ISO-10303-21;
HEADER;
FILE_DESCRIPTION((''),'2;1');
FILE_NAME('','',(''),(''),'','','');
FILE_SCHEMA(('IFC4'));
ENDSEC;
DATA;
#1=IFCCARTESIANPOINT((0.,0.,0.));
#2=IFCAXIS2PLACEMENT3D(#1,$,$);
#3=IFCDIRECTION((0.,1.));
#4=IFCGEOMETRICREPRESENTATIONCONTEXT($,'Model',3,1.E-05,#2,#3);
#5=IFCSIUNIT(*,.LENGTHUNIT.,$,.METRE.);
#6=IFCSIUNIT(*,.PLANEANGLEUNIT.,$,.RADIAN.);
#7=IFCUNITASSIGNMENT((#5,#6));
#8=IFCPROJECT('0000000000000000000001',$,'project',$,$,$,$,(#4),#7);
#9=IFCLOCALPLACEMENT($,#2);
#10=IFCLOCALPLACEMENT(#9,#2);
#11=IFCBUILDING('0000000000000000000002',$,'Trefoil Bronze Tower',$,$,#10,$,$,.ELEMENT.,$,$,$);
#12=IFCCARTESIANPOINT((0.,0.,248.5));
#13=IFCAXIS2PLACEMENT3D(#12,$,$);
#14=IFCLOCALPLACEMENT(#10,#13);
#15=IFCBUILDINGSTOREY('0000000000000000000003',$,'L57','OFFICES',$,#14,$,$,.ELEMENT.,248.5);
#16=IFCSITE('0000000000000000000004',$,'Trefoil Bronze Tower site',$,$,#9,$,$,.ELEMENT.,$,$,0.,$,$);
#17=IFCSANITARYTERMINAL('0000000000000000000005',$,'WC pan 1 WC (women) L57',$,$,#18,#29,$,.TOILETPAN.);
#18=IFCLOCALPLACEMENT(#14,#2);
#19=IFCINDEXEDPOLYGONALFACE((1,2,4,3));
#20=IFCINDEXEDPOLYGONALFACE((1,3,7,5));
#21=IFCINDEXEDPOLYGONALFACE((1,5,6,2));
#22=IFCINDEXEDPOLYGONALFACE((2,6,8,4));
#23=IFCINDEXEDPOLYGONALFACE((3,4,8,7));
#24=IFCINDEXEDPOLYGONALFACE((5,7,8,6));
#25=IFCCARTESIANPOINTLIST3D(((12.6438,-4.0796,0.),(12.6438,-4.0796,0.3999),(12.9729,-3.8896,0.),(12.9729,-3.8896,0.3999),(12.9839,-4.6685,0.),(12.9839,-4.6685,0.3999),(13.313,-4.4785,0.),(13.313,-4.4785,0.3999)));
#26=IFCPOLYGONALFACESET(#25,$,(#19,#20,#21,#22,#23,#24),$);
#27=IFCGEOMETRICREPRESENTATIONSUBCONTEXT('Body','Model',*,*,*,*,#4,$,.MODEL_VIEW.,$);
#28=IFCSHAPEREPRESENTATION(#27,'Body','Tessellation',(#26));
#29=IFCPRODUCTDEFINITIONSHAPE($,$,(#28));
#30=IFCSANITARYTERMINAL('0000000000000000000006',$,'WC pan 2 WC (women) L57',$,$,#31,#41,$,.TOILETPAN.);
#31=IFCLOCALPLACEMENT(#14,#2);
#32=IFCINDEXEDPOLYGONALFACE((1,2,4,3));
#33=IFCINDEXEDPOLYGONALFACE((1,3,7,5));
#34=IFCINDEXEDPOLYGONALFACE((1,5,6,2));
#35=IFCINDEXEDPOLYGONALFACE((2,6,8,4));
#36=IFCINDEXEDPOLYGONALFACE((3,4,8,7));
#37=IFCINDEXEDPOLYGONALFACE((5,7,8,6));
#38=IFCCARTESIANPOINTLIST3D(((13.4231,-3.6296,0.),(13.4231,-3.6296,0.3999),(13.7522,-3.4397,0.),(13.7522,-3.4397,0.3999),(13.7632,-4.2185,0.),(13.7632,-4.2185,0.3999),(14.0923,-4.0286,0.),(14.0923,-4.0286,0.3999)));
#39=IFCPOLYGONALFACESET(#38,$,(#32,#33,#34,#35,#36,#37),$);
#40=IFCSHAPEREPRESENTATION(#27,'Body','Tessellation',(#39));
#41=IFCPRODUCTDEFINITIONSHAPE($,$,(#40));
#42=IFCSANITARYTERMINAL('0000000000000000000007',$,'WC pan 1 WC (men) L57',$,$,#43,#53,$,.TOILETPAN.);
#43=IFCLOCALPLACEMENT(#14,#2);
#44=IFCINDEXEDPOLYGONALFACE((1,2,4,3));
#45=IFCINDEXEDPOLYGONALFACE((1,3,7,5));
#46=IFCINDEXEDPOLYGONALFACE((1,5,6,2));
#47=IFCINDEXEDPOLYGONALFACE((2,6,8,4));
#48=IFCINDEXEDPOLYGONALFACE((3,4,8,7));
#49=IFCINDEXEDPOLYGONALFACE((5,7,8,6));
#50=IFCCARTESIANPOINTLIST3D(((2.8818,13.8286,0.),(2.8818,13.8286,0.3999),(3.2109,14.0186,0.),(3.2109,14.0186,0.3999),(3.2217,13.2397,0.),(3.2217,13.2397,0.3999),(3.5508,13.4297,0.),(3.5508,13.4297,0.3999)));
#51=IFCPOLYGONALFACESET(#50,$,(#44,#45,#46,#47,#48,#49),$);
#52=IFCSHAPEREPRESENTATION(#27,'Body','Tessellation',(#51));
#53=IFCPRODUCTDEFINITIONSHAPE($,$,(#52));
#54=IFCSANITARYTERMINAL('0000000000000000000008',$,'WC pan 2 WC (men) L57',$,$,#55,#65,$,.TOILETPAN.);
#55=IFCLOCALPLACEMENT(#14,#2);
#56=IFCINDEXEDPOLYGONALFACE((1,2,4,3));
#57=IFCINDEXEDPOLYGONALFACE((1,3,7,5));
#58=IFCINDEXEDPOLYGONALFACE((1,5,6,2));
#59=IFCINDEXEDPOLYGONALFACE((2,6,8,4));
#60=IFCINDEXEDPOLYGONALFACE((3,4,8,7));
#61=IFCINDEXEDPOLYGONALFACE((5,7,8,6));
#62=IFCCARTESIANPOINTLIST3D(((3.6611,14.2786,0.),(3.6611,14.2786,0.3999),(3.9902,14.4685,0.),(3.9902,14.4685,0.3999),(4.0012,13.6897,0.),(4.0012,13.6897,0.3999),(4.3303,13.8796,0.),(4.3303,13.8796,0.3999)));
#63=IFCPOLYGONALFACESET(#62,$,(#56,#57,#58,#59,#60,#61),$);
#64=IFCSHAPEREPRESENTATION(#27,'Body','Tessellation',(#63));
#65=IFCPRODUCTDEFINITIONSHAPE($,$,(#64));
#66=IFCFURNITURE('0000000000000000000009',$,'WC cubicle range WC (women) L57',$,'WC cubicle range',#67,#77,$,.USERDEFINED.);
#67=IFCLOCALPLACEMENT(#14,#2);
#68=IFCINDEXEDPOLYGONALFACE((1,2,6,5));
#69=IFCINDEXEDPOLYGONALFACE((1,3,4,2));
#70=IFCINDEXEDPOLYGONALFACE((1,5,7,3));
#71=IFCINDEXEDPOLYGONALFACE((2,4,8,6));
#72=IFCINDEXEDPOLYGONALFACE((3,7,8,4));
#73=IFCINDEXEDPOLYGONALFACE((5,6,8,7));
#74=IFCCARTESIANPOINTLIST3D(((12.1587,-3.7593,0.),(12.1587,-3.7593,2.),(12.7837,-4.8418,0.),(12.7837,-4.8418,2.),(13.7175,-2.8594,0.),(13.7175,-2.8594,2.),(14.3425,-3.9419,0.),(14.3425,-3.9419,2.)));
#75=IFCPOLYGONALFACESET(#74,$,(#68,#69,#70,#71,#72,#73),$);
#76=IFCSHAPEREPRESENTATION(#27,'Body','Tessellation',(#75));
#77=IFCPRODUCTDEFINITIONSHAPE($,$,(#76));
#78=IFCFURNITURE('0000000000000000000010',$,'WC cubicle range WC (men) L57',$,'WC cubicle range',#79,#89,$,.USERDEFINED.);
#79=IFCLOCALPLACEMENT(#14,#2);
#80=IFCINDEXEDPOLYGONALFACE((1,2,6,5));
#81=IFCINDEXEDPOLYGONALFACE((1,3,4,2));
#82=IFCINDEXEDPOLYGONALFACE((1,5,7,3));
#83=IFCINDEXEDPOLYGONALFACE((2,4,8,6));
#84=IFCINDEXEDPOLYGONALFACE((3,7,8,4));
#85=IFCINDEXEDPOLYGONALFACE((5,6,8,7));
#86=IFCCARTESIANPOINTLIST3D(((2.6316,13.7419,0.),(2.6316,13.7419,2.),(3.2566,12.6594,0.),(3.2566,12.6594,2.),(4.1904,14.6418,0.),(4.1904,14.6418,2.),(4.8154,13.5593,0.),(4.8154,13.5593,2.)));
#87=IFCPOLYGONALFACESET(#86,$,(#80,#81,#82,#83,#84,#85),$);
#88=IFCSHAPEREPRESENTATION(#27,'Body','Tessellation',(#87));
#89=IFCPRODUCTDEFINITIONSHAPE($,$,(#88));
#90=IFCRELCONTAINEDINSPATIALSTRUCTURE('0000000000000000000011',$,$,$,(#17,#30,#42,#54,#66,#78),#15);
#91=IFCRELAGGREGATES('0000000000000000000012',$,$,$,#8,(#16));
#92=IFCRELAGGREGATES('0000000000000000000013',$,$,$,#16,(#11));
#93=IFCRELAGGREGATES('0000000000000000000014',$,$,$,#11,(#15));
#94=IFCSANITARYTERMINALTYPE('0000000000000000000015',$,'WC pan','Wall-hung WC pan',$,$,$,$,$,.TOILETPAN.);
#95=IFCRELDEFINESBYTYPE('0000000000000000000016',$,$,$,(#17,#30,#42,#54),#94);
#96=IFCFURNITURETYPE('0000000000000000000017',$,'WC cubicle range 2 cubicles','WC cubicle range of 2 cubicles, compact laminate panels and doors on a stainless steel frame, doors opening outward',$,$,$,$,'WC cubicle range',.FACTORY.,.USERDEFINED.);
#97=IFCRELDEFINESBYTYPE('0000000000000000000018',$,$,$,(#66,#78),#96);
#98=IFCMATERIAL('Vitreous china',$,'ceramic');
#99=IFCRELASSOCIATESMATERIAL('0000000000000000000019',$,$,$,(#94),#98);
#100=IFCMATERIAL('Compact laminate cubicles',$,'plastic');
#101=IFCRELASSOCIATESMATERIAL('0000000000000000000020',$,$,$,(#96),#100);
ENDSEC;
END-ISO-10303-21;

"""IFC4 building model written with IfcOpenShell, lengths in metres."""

from ifc_helpers import new_model, si_unit, direction, frame, origin, place, context, subcontext, project, spatial, polyline, outline, extrude, material, type_object, element, save


model = new_model("IFC4")

# Units and contexts
model_context = context("Model", 3, precision=1e-05, world=origin(), true_north=direction((0.0, 1.0)))
body_context = subcontext(model_context, "Body", "Model", "MODEL_VIEW")
ifc_project = project(units=[si_unit("LENGTHUNIT", "METRE"), si_unit("PLANEANGLEUNIT", "RADIAN")], contexts=[model_context])

# Site, building, storey
site_placement = place(None, origin())
site = spatial("IfcSite", under=ifc_project, at=site_placement, Name="Trefoil Bronze Tower site", CompositionType="ELEMENT", RefElevation=0.0)
building_placement = place(site_placement, origin())
building = spatial("IfcBuilding", under=site, at=building_placement, Name="Trefoil Bronze Tower", CompositionType="ELEMENT")
storey_placement = place(building_placement, frame((0.0, 0.0, 248.5)))
storey = spatial("IfcBuildingStorey", under=building, at=storey_placement, Name="L57", Description="OFFICES", CompositionType="ELEMENT", Elevation=248.5)

# Sanitary terminals
ifc_material_1 = material(Name="Vitreous china", Category="ceramic")
sanitary_terminal_type_1 = type_object("IfcSanitaryTerminalType", Name="WC pan", Description="Wall-hung WC pan", PredefinedType="TOILETPAN", material=ifc_material_1)
sanitary_terminal_1_placement = place(storey_placement, origin())
element("IfcSanitaryTerminal", 1, at=sanitary_terminal_1_placement, inside=storey, type_object=sanitary_terminal_type_1, Name="WC pan 1 WC (women) L57", PredefinedType="TOILETPAN", context=body_context, shape_type="SweptSolid", body=[
    extrude(outline(polyline([(12.6438, -4.0796), (12.9839, -4.6685), (13.313, -4.4785), (12.9729, -3.8896), (12.6438, -4.0796)])), origin(), (0.0, 0.0, 1.0), 0.3999),
])
sanitary_terminal_2_placement = place(storey_placement, origin())
element("IfcSanitaryTerminal", 2, at=sanitary_terminal_2_placement, inside=storey, type_object=sanitary_terminal_type_1, Name="WC pan 2 WC (women) L57", PredefinedType="TOILETPAN", context=body_context, shape_type="SweptSolid", body=[
    extrude(outline(polyline([(13.4231, -3.6296), (13.7632, -4.2185), (14.0923, -4.0286), (13.7522, -3.4397), (13.4231, -3.6296)])), origin(), (0.0, 0.0, 1.0), 0.3999),
])
sanitary_terminal_3_placement = place(storey_placement, origin())
element("IfcSanitaryTerminal", 3, at=sanitary_terminal_3_placement, inside=storey, type_object=sanitary_terminal_type_1, Name="WC pan 1 WC (men) L57", PredefinedType="TOILETPAN", context=body_context, shape_type="SweptSolid", body=[
    extrude(outline(polyline([(3.2217, 13.2397), (2.8818, 13.8286), (3.2109, 14.0186), (3.5508, 13.4297), (3.2217, 13.2397)])), origin(), (0.0, 0.0, 1.0), 0.3999),
])
sanitary_terminal_4_placement = place(storey_placement, origin())
element("IfcSanitaryTerminal", 4, at=sanitary_terminal_4_placement, inside=storey, type_object=sanitary_terminal_type_1, Name="WC pan 2 WC (men) L57", PredefinedType="TOILETPAN", context=body_context, shape_type="SweptSolid", body=[
    extrude(outline(polyline([(4.0012, 13.6897), (3.6611, 14.2786), (3.9902, 14.4685), (4.3303, 13.8796), (4.0012, 13.6897)])), origin(), (0.0, 0.0, 1.0), 0.3999),
])

# Furniture
ifc_material_2 = material(Name="Compact laminate cubicles", Category="plastic")
furniture_type = type_object("IfcFurnitureType", Name="WC cubicle range 2 cubicles", Description="WC cubicle range of 2 cubicles, compact laminate panels and doors on a stainless steel frame, doors opening outward", ElementType="WC cubicle range", AssemblyPlace="FACTORY", PredefinedType="USERDEFINED", material=ifc_material_2)
furniture_1_placement = place(storey_placement, origin())
element("IfcFurniture", 5, at=furniture_1_placement, inside=storey, type_object=furniture_type, Name="WC cubicle range WC (women) L57", ObjectType="WC cubicle range", PredefinedType="USERDEFINED", context=body_context, shape_type="SweptSolid", body=[
    extrude(outline(polyline([(12.1587, -3.7593), (12.7837, -4.8418), (14.3425, -3.9419), (13.7175, -2.8594), (12.1587, -3.7593)])), origin(), (0.0, 0.0, 1.0), 2.0),
])
furniture_2_placement = place(storey_placement, origin())
element("IfcFurniture", 6, at=furniture_2_placement, inside=storey, type_object=furniture_type, Name="WC cubicle range WC (men) L57", ObjectType="WC cubicle range", PredefinedType="USERDEFINED", context=body_context, shape_type="SweptSolid", body=[
    extrude(outline(polyline([(3.2566, 12.6594), (2.6316, 13.7419), (4.1904, 14.6418), (4.8154, 13.5593), (3.2566, 12.6594)])), origin(), (0.0, 0.0, 1.0), 2.0),
])

save(model, "model.ifc")
